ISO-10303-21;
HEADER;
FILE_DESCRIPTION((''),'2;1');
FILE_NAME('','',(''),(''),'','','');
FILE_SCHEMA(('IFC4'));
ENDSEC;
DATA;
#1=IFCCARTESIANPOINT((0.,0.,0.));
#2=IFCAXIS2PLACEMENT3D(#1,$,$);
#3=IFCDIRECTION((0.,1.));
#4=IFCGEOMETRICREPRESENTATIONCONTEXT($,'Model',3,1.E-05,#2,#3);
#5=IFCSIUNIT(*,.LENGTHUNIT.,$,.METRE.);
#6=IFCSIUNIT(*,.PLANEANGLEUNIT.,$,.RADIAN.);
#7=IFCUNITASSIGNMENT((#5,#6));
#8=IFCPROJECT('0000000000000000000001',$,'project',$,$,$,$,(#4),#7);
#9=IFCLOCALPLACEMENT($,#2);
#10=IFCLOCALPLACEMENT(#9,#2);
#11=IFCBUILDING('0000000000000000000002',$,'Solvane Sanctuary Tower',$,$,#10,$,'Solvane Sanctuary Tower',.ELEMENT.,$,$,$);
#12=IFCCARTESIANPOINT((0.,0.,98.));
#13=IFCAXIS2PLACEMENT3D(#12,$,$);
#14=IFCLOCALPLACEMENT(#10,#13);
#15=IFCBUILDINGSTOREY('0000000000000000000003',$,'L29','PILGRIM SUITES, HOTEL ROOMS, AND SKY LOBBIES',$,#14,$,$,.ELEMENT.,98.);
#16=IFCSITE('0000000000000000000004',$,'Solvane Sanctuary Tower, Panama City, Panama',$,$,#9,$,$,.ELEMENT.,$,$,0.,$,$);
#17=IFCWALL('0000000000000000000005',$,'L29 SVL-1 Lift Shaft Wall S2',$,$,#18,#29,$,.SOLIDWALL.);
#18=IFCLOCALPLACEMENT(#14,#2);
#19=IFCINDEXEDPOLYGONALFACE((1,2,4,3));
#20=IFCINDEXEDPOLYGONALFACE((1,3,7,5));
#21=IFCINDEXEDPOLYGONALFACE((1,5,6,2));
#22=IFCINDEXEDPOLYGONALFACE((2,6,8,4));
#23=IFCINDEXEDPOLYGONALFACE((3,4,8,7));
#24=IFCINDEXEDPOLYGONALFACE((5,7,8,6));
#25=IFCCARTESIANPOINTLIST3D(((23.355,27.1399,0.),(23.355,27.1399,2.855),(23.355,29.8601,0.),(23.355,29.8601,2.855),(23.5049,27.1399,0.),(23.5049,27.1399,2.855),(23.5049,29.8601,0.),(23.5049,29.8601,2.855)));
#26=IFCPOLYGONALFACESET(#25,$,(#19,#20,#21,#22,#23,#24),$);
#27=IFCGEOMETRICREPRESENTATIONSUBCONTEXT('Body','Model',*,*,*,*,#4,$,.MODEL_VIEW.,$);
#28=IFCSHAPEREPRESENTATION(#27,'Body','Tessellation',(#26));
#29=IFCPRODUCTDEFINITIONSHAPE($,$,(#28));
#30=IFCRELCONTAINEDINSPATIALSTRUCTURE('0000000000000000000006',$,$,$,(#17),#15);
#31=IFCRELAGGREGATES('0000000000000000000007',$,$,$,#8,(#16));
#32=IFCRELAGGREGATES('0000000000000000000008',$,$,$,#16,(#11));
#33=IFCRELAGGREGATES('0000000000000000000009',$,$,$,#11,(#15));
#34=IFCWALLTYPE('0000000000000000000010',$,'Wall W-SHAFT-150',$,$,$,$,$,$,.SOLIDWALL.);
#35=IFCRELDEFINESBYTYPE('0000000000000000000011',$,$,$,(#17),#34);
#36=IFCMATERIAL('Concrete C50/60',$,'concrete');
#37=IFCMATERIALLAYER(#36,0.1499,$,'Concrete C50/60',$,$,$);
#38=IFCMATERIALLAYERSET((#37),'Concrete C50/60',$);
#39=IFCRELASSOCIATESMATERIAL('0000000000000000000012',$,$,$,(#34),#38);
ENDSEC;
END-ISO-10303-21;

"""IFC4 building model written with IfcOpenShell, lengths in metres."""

from ifc_helpers import new_model, si_unit, direction, frame, frame_2d, origin, place, context, subcontext, project, spatial, rectangle, extrude, material, layer, layer_set, type_object, element, save


model = new_model("IFC4")

# Units and contexts
model_context = context("Model", 3, precision=1e-05, world=origin(), true_north=direction((0.0, 1.0)))
body_context = subcontext(model_context, "Body", "Model", "MODEL_VIEW")
ifc_project = project(units=[si_unit("LENGTHUNIT", "METRE"), si_unit("PLANEANGLEUNIT", "RADIAN")], contexts=[model_context])

# Site, building, storey
site_placement = place(None, origin())
site = spatial("IfcSite", under=ifc_project, at=site_placement, Name="Solvane Sanctuary Tower, Panama City, Panama", CompositionType="ELEMENT", RefElevation=0.0)
building_placement = place(site_placement, origin())
building = spatial("IfcBuilding", under=site, at=building_placement, Name="Solvane Sanctuary Tower", LongName="Solvane Sanctuary Tower", CompositionType="ELEMENT")
storey_placement = place(building_placement, frame((0.0, 0.0, 98.0)))
storey = spatial("IfcBuildingStorey", under=building, at=storey_placement, Name="L29", Description="PILGRIM SUITES, HOTEL ROOMS, AND SKY LOBBIES", CompositionType="ELEMENT", Elevation=98.0)

# Shared definitions
ifc_material_1 = material(Name="Concrete C50/60", Category="concrete")
ifc_layer_1 = layer(ifc_material_1, 0.1499, Name="Concrete C50/60")
ifc_layer_set_1 = layer_set([ifc_layer_1], Name="Concrete C50/60")
wall_type_1 = type_object("IfcWallType", Name="Wall W-SHAFT-150", PredefinedType="SOLIDWALL", material=ifc_layer_set_1)

# Wall
wall_1_placement = place(storey_placement, frame((23.4299, 27.1399, 0.0), z_axis=(0.0, 0.0, 1.0), x_axis=(0.0, 1.0, 0.0)))
element("IfcWall", 1, at=wall_1_placement, inside=storey, type_object=wall_type_1, Name="L29 SVL-1 Lift Shaft Wall S2", PredefinedType="SOLIDWALL", context=body_context, shape_type="SweptSolid", body=[
    extrude(rectangle(XDim=2.7202, YDim=0.1499, at=frame_2d((1.3601, 0.0))), origin(), (0.0, 0.0, 1.0), 2.855),
])

save(model, "model.ifc")
